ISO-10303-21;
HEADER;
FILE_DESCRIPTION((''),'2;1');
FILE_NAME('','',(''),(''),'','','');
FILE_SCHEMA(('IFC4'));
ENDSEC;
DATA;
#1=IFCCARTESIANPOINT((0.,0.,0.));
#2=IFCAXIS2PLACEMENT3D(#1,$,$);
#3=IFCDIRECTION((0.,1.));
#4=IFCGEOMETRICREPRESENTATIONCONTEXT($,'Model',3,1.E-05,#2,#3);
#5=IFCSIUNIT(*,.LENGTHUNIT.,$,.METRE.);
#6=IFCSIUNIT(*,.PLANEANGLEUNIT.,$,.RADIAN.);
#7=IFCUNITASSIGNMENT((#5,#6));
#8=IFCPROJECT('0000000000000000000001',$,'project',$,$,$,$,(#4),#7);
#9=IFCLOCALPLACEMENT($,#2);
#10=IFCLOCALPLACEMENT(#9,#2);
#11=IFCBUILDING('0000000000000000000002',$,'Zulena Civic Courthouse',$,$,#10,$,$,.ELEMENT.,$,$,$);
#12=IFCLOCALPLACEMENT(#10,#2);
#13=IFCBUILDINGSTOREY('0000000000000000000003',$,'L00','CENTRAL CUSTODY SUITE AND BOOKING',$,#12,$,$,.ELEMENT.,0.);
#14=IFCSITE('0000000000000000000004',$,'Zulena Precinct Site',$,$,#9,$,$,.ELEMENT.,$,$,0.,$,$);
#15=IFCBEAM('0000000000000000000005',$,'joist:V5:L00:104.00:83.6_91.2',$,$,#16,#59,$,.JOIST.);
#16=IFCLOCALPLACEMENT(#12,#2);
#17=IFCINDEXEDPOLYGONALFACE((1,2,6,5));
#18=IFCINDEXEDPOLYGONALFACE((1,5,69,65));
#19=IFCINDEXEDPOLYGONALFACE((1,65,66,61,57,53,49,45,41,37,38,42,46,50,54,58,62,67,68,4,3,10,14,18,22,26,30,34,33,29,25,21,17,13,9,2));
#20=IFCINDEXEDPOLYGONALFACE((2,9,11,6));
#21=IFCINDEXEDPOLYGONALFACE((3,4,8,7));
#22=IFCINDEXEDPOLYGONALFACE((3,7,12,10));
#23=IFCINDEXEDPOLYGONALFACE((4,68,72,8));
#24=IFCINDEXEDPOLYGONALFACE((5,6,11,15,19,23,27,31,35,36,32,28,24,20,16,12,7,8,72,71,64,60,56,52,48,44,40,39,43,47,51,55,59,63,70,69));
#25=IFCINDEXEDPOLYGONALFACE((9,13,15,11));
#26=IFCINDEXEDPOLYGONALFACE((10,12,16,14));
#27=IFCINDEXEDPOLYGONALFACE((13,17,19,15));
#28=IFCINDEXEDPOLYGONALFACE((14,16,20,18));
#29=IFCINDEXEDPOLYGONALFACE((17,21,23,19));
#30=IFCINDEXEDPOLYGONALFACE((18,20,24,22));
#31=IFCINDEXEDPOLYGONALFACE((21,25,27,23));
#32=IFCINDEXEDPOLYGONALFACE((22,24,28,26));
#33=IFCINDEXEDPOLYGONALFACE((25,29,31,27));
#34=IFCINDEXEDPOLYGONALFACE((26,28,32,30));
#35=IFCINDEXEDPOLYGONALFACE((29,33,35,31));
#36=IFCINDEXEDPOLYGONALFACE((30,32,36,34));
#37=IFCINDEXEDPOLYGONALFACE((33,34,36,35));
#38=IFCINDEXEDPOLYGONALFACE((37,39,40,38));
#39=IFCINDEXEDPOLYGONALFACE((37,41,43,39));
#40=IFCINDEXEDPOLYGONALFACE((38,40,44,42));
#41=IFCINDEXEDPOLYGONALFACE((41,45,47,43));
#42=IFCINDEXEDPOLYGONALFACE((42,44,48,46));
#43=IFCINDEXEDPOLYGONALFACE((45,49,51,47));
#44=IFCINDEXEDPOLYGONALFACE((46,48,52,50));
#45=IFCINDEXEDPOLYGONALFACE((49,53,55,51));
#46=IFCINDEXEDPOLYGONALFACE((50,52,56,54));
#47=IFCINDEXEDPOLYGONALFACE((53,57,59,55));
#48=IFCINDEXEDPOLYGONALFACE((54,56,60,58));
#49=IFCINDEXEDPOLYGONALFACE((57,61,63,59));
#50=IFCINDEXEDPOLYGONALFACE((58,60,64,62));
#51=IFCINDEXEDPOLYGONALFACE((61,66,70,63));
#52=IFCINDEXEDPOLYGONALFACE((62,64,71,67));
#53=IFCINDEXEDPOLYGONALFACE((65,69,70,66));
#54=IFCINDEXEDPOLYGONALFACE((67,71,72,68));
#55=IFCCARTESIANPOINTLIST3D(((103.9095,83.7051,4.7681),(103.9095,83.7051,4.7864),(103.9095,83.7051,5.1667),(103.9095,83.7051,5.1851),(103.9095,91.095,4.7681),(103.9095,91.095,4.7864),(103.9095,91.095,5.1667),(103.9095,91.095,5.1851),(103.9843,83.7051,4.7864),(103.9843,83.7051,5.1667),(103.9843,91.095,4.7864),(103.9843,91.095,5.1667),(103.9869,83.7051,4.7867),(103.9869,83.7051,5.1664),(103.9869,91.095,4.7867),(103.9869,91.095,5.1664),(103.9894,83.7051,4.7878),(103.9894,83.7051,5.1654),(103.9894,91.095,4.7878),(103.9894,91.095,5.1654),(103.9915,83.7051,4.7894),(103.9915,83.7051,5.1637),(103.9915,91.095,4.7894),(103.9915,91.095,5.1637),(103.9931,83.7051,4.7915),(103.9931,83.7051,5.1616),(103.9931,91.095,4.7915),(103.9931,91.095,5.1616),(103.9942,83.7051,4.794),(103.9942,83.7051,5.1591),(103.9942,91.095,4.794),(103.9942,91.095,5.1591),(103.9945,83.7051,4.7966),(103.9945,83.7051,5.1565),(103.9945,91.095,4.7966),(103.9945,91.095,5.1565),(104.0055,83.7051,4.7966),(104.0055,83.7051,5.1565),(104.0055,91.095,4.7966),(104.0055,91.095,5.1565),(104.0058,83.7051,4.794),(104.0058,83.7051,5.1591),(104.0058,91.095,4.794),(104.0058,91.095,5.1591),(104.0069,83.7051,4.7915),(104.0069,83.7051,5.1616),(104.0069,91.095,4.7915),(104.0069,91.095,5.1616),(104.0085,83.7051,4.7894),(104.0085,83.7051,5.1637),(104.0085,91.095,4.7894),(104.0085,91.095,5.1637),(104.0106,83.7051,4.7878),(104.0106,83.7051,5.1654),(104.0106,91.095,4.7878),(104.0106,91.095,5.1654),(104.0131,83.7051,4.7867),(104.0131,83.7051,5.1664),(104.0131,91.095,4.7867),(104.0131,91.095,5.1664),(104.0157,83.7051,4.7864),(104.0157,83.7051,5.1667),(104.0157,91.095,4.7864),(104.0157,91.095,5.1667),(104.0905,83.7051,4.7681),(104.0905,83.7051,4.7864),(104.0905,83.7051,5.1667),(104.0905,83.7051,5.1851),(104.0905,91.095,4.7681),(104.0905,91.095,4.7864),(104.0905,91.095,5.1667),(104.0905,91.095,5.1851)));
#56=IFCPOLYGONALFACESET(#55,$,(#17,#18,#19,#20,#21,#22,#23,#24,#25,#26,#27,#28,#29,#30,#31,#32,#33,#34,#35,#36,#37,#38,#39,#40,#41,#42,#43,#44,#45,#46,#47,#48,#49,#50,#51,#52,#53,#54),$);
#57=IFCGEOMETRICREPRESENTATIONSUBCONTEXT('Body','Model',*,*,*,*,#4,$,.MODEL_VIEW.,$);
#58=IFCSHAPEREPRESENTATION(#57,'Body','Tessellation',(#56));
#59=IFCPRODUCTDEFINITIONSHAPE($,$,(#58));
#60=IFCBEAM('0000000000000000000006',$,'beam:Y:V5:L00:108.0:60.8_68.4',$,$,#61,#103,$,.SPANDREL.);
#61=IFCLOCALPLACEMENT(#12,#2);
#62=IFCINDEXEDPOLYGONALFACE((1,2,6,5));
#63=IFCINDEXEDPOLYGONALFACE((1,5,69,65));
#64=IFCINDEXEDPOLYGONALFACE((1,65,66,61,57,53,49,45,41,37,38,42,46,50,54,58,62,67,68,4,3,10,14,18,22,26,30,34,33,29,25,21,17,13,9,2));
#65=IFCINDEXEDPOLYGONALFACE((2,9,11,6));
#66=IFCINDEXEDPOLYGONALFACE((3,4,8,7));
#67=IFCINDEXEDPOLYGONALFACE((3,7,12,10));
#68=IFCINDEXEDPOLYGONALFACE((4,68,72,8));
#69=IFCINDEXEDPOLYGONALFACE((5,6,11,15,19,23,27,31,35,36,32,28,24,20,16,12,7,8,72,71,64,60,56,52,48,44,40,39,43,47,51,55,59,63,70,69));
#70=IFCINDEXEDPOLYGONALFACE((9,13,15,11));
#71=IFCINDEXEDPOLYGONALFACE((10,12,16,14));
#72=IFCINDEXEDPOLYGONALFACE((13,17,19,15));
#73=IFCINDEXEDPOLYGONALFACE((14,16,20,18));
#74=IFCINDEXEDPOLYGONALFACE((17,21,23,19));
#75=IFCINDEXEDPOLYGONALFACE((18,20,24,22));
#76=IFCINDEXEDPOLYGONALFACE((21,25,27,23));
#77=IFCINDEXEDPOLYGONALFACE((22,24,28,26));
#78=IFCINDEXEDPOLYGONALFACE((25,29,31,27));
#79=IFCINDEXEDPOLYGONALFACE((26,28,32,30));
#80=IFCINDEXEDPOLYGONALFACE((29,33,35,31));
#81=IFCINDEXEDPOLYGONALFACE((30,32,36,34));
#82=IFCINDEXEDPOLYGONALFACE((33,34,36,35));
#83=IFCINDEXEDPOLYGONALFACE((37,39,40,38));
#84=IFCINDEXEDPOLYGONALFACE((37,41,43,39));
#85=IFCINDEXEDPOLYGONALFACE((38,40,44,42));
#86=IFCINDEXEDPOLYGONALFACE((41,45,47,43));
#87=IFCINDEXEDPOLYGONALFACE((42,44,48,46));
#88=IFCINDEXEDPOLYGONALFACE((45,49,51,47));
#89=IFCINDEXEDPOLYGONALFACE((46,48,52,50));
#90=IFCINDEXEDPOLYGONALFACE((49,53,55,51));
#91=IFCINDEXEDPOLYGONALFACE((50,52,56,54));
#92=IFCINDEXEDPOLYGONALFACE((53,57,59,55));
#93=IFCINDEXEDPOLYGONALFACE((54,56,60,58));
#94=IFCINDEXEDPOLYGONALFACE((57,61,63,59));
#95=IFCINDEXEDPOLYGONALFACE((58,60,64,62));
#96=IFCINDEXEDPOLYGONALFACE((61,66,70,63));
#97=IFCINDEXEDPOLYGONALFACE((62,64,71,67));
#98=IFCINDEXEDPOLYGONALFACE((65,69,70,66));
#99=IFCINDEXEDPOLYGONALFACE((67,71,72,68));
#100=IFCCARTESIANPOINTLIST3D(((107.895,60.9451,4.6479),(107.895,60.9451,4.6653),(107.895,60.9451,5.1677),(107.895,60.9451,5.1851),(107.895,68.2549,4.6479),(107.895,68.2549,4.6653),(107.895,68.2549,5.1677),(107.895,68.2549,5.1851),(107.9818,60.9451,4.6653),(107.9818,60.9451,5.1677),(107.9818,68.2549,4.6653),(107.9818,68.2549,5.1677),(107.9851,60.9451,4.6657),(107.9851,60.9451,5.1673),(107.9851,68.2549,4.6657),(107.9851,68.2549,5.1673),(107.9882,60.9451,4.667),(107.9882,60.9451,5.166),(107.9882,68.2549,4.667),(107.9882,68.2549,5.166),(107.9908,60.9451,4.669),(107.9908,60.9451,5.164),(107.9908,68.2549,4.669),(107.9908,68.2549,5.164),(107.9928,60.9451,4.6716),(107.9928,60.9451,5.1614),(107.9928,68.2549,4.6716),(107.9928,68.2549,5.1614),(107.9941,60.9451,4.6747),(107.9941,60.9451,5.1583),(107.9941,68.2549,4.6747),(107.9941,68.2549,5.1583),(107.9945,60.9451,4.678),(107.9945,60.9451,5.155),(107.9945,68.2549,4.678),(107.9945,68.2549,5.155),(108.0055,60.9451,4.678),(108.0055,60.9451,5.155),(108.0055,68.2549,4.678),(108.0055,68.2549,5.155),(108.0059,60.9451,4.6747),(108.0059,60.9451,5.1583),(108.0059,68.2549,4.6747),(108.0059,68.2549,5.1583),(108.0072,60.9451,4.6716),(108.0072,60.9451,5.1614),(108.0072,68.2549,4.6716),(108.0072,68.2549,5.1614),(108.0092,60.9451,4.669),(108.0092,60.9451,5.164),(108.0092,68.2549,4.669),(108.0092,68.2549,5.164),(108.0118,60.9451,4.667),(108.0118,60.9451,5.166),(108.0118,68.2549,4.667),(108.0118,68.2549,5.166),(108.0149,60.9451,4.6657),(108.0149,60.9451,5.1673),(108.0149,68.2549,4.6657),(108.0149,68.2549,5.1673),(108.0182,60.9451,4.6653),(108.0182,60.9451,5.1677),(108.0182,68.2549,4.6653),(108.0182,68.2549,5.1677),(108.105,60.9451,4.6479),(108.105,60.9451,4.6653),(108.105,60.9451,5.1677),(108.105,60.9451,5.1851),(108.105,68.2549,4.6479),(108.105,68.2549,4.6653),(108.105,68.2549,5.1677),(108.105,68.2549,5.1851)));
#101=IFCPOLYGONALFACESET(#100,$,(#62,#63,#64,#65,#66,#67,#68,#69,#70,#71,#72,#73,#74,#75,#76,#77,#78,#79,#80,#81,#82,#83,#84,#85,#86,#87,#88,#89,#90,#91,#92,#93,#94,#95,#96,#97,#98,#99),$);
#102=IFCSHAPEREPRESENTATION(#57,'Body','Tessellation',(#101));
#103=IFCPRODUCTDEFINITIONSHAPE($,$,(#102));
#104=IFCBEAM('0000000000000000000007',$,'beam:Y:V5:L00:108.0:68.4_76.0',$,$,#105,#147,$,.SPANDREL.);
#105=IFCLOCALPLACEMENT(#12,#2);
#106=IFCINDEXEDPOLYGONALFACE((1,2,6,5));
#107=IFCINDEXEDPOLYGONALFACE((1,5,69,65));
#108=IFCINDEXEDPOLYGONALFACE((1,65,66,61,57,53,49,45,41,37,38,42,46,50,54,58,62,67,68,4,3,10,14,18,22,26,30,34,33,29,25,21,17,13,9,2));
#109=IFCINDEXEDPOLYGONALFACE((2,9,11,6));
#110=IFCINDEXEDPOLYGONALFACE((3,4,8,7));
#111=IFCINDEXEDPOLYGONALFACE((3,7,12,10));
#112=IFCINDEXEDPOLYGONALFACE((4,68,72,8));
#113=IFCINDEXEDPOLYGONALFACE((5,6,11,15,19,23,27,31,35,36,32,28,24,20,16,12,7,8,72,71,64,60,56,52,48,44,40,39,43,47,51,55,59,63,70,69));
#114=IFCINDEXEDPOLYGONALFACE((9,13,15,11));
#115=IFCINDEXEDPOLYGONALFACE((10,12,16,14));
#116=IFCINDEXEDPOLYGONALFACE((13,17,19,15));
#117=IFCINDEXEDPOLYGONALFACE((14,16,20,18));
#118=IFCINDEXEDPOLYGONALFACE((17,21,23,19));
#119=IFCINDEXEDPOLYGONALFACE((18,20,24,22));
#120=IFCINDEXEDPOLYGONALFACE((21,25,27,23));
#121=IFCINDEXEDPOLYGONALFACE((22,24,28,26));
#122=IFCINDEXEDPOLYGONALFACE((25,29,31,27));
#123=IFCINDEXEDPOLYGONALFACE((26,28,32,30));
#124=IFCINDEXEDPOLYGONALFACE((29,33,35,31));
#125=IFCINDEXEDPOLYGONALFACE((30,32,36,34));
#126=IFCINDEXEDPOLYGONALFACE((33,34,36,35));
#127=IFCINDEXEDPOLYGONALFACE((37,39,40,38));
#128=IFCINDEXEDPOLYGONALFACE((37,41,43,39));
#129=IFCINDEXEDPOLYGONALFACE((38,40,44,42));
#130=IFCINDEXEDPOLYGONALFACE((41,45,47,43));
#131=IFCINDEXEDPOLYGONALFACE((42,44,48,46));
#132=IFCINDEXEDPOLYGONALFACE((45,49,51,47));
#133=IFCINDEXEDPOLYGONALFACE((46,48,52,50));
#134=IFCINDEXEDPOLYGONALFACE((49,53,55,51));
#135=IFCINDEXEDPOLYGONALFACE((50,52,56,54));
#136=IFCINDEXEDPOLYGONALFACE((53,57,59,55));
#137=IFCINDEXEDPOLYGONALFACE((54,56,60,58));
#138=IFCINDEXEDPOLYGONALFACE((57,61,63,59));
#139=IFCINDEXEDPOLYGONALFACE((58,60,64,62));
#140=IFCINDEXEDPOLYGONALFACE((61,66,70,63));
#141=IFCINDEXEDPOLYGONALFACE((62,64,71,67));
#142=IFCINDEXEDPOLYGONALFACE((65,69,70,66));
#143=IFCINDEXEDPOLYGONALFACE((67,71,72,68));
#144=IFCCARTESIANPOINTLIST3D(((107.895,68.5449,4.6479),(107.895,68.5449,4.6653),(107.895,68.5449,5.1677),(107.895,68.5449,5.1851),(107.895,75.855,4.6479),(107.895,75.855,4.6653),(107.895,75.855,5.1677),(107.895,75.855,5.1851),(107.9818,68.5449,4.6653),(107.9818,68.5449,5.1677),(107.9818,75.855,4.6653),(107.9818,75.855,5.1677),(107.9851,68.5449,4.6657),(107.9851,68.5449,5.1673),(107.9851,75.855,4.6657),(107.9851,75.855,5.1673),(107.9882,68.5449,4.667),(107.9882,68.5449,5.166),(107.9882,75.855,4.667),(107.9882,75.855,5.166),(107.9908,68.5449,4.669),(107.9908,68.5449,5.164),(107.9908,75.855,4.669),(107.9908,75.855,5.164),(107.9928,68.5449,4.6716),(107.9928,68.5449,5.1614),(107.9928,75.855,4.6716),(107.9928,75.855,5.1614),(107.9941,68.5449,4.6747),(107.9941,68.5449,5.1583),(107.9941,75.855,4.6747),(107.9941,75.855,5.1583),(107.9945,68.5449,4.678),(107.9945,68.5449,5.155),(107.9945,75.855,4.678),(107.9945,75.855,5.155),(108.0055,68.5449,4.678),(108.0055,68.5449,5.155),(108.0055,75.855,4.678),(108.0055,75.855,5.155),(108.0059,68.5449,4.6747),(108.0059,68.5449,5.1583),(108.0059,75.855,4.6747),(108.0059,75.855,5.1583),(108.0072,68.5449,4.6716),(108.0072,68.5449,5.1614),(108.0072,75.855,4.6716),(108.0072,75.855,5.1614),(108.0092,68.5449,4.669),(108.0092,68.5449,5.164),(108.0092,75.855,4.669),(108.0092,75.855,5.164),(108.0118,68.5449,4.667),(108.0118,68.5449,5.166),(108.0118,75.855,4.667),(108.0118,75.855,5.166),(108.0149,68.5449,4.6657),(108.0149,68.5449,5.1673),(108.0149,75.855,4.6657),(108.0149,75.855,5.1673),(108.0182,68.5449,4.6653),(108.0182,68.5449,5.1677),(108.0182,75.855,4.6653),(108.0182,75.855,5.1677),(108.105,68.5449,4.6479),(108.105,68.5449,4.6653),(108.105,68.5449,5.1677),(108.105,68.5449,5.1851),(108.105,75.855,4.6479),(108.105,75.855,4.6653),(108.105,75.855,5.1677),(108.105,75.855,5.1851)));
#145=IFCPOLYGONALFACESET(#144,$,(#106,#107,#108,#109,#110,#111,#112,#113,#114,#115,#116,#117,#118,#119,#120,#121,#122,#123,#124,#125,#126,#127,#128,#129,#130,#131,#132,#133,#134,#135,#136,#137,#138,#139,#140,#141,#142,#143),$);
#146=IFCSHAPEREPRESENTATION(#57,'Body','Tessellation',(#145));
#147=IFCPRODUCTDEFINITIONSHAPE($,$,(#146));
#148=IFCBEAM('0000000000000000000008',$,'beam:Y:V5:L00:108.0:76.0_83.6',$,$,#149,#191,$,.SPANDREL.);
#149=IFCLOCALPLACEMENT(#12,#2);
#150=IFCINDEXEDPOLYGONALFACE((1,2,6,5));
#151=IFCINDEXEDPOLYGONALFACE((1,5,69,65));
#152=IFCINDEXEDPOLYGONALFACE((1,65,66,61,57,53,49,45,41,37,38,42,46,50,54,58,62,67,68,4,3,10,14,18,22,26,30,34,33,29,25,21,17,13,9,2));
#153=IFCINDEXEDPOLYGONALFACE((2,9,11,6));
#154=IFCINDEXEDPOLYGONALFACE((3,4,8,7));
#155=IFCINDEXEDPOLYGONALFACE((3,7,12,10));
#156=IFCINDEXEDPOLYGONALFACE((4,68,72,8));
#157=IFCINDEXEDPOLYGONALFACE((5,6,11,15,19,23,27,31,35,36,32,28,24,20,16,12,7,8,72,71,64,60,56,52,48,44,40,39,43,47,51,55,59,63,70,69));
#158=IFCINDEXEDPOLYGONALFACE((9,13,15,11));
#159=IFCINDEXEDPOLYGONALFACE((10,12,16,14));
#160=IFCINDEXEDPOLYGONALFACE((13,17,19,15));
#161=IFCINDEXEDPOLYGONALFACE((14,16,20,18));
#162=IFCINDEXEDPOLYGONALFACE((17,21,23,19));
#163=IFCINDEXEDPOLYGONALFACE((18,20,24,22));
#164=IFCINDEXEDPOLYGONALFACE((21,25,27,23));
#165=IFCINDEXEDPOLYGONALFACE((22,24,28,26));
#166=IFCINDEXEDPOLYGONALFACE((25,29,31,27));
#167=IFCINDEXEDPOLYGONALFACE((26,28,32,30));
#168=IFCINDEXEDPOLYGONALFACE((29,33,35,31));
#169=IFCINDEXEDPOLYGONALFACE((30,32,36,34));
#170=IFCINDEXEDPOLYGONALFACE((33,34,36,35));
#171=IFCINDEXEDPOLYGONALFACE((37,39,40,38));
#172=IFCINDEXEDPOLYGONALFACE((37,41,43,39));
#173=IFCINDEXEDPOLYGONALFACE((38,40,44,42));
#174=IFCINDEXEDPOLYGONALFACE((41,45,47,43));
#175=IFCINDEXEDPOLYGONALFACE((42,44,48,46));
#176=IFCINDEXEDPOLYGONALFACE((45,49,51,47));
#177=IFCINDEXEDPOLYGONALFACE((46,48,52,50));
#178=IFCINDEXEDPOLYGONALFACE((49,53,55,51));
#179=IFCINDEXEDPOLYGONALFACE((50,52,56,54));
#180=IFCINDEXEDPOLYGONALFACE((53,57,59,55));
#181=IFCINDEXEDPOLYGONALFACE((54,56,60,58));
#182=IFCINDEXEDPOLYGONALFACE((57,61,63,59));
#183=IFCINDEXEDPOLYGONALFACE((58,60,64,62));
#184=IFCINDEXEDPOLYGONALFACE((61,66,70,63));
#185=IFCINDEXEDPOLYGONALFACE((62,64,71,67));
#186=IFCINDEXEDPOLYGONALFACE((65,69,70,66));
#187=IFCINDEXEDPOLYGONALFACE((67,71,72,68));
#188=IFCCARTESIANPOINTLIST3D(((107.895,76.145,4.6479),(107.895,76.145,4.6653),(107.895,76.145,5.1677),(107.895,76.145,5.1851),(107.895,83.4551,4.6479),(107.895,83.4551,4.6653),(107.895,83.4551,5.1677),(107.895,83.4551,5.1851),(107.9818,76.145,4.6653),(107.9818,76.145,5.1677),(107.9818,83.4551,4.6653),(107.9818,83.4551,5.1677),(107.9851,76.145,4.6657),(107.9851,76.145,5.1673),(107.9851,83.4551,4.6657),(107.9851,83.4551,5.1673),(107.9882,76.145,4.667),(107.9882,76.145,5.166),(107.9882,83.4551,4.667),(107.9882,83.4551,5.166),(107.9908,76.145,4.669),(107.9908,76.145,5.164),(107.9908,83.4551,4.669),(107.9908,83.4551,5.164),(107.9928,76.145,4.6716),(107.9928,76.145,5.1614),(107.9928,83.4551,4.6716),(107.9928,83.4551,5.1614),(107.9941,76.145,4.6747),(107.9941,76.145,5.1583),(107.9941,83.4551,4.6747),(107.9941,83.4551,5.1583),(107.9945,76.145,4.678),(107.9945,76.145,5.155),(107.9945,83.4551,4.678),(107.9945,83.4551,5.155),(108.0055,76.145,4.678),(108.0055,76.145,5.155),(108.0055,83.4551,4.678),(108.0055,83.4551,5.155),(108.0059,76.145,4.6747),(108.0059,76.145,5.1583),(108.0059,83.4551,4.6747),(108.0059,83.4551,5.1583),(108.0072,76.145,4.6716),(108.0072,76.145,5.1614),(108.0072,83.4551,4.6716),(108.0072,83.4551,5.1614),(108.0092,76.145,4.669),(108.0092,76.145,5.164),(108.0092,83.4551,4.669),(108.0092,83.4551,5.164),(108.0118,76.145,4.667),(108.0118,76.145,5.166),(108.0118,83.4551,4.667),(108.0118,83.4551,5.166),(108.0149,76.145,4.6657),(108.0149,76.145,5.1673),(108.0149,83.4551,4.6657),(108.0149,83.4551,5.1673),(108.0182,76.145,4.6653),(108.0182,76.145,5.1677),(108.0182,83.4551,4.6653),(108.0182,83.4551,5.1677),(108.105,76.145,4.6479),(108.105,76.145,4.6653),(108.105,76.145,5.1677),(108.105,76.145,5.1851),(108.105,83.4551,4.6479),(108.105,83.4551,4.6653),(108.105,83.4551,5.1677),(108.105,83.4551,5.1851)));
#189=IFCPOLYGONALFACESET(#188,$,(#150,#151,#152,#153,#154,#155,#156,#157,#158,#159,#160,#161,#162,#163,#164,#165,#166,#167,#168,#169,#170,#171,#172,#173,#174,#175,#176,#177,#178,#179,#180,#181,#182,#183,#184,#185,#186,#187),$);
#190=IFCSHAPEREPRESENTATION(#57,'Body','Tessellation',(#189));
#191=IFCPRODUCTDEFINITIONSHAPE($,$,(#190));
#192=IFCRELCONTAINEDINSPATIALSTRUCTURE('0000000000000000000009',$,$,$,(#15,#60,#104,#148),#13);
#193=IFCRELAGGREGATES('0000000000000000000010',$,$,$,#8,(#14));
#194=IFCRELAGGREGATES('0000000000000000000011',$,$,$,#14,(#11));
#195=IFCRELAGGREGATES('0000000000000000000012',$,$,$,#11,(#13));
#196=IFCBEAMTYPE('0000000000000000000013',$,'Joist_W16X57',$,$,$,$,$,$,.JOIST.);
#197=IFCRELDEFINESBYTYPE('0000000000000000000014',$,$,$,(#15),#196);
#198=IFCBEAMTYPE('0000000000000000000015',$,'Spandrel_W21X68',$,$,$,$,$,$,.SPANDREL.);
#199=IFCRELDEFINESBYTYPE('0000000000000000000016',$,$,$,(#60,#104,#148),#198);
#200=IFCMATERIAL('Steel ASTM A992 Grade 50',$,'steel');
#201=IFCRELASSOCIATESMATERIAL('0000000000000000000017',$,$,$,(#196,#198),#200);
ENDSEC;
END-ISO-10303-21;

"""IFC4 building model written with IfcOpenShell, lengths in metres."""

from ifc_helpers import new_model, si_unit, direction, frame, origin, origin_2d, place, context, subcontext, project, spatial, i_section, extrude, material, material_profile, profile_set, type_object, element, save


model = new_model("IFC4")

# Units and contexts
model_context = context("Model", 3, precision=1e-05, world=origin(), true_north=direction((0.0, 1.0)))
body_context = subcontext(model_context, "Body", "Model", "MODEL_VIEW")
ifc_project = project(units=[si_unit("LENGTHUNIT", "METRE"), si_unit("PLANEANGLEUNIT", "RADIAN")], contexts=[model_context])

# Site, building, storey
site_placement = place(None, origin())
site = spatial("IfcSite", under=ifc_project, at=site_placement, Name="Zulena Precinct Site", CompositionType="ELEMENT", RefElevation=0.0)
building_placement = place(site_placement, origin())
building = spatial("IfcBuilding", under=site, at=building_placement, Name="Zulena Civic Courthouse", CompositionType="ELEMENT")
storey_placement = place(building_placement, origin())
storey = spatial("IfcBuildingStorey", under=building, at=storey_placement, Name="L00", Description="CENTRAL CUSTODY SUITE AND BOOKING", CompositionType="ELEMENT", Elevation=0.0)

# Shared definitions
ifc_material_1 = material(Name="Steel ASTM A992 Grade 50", Category="steel")

# Beams
ifc_material_profile_1 = material_profile(ifc_material_1, i_section(OverallWidth=0.1809, OverallDepth=0.417, WebThickness=0.011, FlangeThickness=0.0183, FilletRadius=0.0103, at=origin_2d()), Name="W16X57")
ifc_profile_set_1 = profile_set([ifc_material_profile_1], Name="Steel ASTM A992 Grade 50")
beam_type_1 = type_object("IfcBeamType", Name="Joist_W16X57", PredefinedType="JOIST", material=ifc_profile_set_1)
beam_1_placement = place(storey_placement, frame((104.0, 83.7051, 4.9766), z_axis=(0.0, 1.0, 0.0), x_axis=(-1.0, 0.0, 0.0)))
element("IfcBeam", 1, at=beam_1_placement, inside=storey, type_object=beam_type_1, Name="joist:V5:L00:104.00:83.6_91.2", PredefinedType="JOIST", context=body_context, shape_type="SweptSolid", body=[
    extrude(i_section(OverallWidth=0.1809, OverallDepth=0.417, WebThickness=0.011, FlangeThickness=0.0183, FilletRadius=0.0103, at=origin_2d()), origin(), (0.0, 0.0, 1.0), 7.3899),
])
ifc_material_profile_2 = material_profile(ifc_material_1, i_section(OverallWidth=0.21, OverallDepth=0.5371, WebThickness=0.011, FlangeThickness=0.0173, FilletRadius=0.0127, at=origin_2d()), Name="W21X68")
ifc_profile_set_2 = profile_set([ifc_material_profile_2], Name="Steel ASTM A992 Grade 50")
beam_type_2 = type_object("IfcBeamType", Name="Spandrel_W21X68", PredefinedType="SPANDREL", material=ifc_profile_set_2)
beam_2_placement = place(storey_placement, frame((108.0, 60.9451, 4.9165), z_axis=(0.0, 1.0, 0.0), x_axis=(-1.0, 0.0, 0.0)))
element("IfcBeam", 2, at=beam_2_placement, inside=storey, type_object=beam_type_2, Name="beam:Y:V5:L00:108.0:60.8_68.4", PredefinedType="SPANDREL", context=body_context, shape_type="SweptSolid", body=[
    extrude(i_section(OverallWidth=0.21, OverallDepth=0.5371, WebThickness=0.011, FlangeThickness=0.0173, FilletRadius=0.0127, at=origin_2d()), origin(), (0.0, 0.0, 1.0), 7.3098),
])
for number, where, z_axis, x_axis, name in (
    (3, (108.0, 68.5449, 4.9165), (0.0, 1.0, 0.0), (-1.0, 0.0, 0.0), "beam:Y:V5:L00:108.0:68.4_76.0"),
    (4, (108.0, 76.145, 4.9165), (0.0, 1.0, 0.0), (-1.0, 0.0, 0.0), "beam:Y:V5:L00:108.0:76.0_83.6"),
):
    element("IfcBeam", number, at=place(storey_placement, frame(where, z_axis=z_axis, x_axis=x_axis)), inside=storey, type_object=beam_type_2, Name=name, PredefinedType="SPANDREL", context=body_context, shape_type="SweptSolid", body=[
        extrude(i_section(OverallWidth=0.21, OverallDepth=0.5371, WebThickness=0.011, FlangeThickness=0.0173, FilletRadius=0.0127, at=origin_2d()), origin(), (0.0, 0.0, 1.0), 7.3101),
    ])

save(model, "model.ifc")
